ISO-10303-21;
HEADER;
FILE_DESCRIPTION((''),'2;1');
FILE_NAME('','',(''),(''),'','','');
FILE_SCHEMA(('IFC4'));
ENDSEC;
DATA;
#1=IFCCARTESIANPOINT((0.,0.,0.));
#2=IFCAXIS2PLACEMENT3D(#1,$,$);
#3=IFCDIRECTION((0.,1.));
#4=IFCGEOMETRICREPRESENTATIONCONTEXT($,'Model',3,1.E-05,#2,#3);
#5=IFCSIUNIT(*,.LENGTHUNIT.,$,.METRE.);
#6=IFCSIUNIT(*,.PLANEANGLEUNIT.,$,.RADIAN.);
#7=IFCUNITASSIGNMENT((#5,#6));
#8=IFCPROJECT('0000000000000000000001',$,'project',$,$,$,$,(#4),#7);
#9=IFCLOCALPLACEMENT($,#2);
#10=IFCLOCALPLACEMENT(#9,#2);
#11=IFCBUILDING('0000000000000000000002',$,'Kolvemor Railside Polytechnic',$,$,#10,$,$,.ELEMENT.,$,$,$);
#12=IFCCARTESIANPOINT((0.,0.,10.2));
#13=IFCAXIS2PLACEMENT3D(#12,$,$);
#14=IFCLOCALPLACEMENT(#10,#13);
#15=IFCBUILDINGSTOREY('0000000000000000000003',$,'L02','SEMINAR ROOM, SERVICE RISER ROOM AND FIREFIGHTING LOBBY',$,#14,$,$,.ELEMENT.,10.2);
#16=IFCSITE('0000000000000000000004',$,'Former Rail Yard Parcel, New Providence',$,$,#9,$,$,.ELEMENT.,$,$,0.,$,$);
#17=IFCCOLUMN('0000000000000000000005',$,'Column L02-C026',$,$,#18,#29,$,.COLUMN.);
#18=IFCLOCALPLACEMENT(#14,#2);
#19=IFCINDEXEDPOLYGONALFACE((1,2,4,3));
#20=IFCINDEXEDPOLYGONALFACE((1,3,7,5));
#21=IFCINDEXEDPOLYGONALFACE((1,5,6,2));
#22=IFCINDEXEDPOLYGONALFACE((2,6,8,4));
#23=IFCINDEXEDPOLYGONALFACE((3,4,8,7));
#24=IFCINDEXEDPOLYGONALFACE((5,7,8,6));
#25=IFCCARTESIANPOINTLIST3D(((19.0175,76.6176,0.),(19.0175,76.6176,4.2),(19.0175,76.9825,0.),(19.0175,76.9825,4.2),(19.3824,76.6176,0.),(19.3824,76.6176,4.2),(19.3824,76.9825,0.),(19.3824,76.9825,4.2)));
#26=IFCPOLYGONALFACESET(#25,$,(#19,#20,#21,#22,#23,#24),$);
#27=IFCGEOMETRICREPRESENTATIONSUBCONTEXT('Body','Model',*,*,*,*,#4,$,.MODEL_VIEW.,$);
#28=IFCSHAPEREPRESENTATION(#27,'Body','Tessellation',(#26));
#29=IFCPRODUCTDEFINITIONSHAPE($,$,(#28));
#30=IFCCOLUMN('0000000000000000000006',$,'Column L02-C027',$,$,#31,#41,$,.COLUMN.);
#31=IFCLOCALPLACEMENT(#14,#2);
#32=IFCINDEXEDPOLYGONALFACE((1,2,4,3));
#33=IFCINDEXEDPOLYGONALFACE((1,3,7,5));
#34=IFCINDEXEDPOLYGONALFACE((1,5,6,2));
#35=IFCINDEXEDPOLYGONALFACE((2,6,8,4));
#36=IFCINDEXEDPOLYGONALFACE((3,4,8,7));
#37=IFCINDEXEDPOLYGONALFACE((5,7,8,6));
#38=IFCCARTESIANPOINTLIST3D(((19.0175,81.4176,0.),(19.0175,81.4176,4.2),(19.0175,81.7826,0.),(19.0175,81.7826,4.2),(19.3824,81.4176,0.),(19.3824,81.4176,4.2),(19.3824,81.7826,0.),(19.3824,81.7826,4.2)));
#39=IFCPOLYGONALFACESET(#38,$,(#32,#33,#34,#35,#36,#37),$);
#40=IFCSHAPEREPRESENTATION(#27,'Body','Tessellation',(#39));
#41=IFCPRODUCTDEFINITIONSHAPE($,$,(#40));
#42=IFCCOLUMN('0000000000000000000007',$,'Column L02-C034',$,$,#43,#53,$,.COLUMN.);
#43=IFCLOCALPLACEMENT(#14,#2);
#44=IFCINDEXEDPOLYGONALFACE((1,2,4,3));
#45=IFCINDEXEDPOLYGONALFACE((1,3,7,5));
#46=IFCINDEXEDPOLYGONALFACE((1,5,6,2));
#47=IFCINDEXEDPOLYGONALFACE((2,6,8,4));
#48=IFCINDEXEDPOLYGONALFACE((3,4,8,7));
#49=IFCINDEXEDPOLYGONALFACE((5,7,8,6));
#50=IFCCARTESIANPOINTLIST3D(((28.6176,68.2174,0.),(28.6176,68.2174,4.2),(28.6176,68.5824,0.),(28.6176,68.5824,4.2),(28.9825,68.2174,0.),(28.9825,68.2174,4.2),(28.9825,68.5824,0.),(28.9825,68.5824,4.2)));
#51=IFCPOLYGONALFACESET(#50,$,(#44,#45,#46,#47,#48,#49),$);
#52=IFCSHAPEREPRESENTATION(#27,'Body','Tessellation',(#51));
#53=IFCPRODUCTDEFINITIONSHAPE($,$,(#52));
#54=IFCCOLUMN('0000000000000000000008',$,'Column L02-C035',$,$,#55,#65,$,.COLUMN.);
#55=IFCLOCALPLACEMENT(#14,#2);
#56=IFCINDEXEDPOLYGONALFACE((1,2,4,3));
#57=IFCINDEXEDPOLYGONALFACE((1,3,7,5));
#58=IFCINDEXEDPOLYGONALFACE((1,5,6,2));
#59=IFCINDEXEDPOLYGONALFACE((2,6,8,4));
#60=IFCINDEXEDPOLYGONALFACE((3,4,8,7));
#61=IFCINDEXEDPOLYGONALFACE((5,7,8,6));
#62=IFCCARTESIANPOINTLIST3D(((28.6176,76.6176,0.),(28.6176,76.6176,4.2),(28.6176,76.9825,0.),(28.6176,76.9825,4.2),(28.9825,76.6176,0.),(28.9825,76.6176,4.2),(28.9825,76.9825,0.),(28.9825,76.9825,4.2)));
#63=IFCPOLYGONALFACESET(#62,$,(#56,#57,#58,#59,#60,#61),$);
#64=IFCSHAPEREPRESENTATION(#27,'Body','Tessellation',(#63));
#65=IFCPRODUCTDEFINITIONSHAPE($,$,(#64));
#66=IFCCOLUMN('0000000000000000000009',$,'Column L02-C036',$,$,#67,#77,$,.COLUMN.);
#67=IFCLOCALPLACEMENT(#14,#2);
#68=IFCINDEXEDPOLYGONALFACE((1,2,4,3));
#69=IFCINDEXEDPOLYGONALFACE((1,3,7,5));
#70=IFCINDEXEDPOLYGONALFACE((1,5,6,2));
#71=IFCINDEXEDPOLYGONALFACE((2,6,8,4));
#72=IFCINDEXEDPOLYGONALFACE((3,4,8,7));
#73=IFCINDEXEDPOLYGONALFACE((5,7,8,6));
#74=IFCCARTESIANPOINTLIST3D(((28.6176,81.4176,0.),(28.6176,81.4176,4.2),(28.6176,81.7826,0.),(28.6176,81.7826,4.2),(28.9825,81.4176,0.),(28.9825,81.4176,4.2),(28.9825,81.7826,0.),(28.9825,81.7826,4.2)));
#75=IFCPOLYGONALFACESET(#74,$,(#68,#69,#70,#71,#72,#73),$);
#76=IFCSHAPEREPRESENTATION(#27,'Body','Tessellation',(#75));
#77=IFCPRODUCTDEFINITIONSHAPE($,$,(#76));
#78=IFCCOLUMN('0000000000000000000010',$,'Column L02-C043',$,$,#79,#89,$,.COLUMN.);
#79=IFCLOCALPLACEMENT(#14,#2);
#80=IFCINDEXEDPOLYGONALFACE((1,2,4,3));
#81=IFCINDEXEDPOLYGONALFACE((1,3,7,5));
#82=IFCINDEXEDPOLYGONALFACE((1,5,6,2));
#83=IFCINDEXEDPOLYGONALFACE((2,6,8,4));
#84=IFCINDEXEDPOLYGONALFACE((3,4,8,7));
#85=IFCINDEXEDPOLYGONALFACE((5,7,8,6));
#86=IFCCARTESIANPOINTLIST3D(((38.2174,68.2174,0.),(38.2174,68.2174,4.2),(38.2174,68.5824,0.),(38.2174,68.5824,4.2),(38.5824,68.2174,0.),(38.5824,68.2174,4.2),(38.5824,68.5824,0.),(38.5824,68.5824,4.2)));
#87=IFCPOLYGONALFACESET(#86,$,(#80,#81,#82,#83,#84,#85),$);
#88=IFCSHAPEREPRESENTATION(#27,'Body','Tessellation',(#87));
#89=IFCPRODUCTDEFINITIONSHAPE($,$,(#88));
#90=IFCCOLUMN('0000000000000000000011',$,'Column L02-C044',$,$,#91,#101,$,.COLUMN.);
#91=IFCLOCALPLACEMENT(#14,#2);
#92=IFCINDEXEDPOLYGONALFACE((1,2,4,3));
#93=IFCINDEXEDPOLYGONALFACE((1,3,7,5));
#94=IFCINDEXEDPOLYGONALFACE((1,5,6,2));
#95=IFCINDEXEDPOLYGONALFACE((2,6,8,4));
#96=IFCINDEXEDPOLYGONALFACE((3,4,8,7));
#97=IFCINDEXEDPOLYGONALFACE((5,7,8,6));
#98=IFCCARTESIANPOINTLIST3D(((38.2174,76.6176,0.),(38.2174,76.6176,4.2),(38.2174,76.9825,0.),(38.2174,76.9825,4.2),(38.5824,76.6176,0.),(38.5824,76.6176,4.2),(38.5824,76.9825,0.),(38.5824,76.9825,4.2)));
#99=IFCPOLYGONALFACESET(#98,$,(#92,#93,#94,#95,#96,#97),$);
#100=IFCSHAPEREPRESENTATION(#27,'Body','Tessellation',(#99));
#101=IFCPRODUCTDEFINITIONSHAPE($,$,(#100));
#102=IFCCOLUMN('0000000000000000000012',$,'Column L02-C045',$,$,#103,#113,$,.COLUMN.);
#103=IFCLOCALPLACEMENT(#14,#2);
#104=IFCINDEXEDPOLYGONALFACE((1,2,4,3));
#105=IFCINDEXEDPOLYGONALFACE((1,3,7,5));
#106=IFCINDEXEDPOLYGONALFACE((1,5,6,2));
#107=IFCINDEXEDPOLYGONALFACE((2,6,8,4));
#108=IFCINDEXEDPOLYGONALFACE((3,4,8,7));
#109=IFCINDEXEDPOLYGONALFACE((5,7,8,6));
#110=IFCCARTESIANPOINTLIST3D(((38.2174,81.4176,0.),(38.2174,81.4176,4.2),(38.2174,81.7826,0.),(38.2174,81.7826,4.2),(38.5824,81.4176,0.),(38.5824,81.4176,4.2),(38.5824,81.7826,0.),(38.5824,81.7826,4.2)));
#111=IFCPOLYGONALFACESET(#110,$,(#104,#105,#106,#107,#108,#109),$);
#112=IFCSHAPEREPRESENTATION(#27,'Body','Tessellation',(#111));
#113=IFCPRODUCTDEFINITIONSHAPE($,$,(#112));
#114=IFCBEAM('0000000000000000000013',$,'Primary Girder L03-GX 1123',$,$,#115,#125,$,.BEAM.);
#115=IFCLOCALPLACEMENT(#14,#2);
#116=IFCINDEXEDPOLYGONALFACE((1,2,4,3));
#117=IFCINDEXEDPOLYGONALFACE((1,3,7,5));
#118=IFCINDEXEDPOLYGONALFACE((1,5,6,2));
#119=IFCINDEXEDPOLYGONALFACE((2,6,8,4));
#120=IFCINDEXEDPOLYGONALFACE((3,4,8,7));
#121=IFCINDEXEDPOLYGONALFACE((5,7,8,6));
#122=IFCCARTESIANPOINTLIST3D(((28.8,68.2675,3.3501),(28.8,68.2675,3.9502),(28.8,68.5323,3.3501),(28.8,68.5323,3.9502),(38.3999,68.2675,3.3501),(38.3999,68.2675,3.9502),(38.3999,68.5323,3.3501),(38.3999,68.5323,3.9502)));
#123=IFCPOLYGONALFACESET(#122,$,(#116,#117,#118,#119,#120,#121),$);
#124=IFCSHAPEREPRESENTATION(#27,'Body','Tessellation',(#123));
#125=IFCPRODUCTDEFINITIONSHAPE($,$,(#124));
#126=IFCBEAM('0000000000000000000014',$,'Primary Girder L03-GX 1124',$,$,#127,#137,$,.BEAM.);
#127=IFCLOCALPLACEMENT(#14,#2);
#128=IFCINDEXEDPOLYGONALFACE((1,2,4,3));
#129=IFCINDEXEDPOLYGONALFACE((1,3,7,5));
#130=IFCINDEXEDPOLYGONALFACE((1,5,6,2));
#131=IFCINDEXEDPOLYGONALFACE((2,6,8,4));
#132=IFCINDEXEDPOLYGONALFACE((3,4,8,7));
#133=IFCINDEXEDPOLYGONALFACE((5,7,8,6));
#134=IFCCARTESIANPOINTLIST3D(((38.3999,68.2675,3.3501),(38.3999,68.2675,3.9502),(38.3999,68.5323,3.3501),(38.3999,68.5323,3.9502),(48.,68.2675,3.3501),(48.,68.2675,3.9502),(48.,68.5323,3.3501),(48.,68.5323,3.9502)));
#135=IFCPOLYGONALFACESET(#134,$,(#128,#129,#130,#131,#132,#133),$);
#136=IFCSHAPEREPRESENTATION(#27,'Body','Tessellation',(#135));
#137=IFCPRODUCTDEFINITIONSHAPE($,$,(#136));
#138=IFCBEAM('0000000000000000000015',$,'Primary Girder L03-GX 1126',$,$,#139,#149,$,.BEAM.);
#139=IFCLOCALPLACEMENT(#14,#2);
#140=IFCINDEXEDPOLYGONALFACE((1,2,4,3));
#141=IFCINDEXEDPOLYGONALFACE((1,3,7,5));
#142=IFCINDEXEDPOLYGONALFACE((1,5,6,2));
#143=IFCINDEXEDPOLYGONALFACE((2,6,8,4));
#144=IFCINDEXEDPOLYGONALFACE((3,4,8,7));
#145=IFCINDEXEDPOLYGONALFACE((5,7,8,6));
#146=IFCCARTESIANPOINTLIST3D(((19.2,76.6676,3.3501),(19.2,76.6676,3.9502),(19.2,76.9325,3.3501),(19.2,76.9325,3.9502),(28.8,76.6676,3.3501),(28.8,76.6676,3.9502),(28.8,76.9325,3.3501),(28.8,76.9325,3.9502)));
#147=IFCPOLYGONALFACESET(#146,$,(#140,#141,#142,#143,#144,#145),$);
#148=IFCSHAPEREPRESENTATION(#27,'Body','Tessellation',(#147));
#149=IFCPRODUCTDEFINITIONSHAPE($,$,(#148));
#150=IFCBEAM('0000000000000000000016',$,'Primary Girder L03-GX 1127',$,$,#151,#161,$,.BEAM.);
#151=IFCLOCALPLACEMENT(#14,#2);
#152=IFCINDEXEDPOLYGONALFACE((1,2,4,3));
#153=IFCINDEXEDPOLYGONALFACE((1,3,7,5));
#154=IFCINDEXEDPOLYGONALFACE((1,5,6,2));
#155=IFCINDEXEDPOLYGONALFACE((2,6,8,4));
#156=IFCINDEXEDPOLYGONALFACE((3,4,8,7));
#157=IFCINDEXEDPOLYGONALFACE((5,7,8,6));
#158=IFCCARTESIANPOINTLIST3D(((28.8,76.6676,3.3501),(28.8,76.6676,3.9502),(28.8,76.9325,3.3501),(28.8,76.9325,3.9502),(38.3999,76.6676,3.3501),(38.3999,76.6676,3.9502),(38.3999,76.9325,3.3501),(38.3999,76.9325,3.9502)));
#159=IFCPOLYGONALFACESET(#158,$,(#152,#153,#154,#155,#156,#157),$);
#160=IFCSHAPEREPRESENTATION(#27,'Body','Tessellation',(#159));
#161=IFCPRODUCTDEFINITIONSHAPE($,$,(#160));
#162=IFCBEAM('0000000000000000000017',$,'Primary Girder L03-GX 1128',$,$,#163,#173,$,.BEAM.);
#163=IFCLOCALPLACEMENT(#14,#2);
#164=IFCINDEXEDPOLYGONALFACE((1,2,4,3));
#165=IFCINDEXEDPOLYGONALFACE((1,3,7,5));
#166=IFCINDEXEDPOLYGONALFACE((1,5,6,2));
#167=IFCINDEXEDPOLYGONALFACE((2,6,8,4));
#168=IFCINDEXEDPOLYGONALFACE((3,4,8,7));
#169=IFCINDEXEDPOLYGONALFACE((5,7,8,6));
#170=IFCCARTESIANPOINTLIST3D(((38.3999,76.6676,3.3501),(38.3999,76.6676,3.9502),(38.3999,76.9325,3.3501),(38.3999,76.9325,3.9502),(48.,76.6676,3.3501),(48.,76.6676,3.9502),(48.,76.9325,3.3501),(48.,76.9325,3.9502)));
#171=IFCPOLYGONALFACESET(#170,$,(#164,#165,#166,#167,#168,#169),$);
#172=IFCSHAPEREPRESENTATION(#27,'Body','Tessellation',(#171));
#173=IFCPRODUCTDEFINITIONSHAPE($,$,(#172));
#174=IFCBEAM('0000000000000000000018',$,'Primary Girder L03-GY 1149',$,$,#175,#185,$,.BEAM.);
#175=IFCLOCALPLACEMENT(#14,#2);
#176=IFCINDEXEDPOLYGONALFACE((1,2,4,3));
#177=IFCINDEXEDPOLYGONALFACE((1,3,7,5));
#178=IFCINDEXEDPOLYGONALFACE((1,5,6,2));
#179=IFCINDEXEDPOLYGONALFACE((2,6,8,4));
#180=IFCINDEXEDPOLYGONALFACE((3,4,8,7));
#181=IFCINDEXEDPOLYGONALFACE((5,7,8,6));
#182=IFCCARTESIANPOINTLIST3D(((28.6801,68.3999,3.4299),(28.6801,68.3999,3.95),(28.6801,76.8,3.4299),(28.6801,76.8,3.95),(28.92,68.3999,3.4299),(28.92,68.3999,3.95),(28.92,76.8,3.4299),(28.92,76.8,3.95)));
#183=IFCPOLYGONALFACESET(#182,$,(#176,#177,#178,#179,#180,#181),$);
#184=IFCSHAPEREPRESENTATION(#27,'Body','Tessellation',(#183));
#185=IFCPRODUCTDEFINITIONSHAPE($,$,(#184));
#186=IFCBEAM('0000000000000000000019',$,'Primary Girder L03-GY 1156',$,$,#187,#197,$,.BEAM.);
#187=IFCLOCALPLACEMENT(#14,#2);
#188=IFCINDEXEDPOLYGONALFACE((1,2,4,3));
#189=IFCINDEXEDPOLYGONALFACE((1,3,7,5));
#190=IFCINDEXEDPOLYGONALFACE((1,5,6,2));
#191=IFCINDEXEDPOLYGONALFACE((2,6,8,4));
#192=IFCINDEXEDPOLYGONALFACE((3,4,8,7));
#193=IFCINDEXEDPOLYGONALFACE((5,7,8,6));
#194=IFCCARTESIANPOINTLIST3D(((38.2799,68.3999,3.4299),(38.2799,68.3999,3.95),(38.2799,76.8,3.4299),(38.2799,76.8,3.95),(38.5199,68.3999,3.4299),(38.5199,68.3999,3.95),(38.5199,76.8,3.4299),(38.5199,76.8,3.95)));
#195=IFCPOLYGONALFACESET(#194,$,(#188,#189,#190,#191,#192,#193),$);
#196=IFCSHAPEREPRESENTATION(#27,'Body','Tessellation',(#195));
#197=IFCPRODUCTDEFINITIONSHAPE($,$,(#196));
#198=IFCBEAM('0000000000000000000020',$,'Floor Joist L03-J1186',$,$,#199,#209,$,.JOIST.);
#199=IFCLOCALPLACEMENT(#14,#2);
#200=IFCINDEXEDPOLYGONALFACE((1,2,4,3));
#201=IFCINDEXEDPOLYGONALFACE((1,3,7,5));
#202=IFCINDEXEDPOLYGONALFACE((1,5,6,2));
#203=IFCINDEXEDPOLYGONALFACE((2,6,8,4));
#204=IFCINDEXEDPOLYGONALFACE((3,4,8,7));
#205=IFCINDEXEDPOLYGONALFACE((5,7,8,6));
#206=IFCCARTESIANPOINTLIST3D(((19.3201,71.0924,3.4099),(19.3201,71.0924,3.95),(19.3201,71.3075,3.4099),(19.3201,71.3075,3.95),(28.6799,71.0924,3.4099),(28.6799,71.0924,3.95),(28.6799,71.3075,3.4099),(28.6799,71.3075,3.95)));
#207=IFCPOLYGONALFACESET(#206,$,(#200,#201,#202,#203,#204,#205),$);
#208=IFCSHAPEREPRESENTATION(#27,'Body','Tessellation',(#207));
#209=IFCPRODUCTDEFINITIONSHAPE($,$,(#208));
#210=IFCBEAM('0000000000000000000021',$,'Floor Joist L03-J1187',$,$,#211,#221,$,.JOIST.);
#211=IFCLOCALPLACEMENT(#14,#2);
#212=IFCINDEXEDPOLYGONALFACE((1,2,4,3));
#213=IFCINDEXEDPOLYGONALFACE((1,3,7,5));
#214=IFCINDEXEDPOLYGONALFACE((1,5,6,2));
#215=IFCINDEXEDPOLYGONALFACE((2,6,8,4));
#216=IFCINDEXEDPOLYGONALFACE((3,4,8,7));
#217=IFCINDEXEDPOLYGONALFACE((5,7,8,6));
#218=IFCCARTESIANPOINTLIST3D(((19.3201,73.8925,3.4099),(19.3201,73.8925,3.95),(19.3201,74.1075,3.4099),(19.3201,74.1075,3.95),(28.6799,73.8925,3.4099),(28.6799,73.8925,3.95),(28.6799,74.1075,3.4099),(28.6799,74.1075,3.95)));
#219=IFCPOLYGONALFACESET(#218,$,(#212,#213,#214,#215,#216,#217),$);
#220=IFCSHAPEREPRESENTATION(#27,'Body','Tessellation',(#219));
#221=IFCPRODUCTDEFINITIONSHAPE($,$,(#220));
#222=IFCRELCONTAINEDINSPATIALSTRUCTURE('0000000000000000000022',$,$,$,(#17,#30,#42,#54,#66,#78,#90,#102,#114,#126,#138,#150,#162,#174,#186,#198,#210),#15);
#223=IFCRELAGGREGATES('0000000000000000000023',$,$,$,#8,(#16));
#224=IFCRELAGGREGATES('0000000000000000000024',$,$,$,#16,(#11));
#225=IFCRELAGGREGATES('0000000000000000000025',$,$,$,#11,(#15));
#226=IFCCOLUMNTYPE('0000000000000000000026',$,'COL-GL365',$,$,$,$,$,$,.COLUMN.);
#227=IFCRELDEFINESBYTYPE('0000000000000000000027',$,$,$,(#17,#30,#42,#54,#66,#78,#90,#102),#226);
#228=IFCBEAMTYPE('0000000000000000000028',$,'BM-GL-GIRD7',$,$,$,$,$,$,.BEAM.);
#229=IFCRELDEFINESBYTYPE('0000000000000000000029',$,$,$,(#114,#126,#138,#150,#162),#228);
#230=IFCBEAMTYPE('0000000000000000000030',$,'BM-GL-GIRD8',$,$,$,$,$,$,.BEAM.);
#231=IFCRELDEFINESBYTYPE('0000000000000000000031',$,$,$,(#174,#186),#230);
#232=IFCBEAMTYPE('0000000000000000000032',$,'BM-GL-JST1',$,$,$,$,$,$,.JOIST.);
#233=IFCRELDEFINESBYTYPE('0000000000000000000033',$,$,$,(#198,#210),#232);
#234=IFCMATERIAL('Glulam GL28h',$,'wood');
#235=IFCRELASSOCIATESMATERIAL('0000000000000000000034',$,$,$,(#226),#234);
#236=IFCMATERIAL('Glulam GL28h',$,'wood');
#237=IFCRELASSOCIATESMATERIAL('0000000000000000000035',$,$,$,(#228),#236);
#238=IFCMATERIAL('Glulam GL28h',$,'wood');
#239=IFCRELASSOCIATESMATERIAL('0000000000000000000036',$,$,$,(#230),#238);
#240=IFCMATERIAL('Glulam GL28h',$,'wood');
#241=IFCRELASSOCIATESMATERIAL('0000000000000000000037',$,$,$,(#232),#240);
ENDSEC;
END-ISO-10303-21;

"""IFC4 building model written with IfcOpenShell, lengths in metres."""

from ifc_helpers import new_model, si_unit, direction, frame, origin, origin_2d, place, context, subcontext, project, spatial, rectangle, extrude, material, material_profile, profile_set, type_object, element, save


model = new_model("IFC4")

# Units and contexts
model_context = context("Model", 3, precision=1e-05, world=origin(), true_north=direction((0.0, 1.0)))
body_context = subcontext(model_context, "Body", "Model", "MODEL_VIEW")
ifc_project = project(units=[si_unit("LENGTHUNIT", "METRE"), si_unit("PLANEANGLEUNIT", "RADIAN")], contexts=[model_context])

# Site, building, storey
site_placement = place(None, origin())
site = spatial("IfcSite", under=ifc_project, at=site_placement, Name="Former Rail Yard Parcel, New Providence", CompositionType="ELEMENT", RefElevation=0.0)
building_placement = place(site_placement, origin())
building = spatial("IfcBuilding", under=site, at=building_placement, Name="Kolvemor Railside Polytechnic", CompositionType="ELEMENT")
storey_placement = place(building_placement, frame((0.0, 0.0, 10.2)))
storey = spatial("IfcBuildingStorey", under=building, at=storey_placement, Name="L02", Description="SEMINAR ROOM, SERVICE RISER ROOM AND FIREFIGHTING LOBBY", CompositionType="ELEMENT", Elevation=10.2)

# Columns
ifc_material_1 = material(Name="Glulam GL28h", Category="wood")
ifc_material_profile_1 = material_profile(ifc_material_1, rectangle(XDim=0.365, YDim=0.365, at=origin_2d()), Name="GL365x365")
ifc_profile_set_1 = profile_set([ifc_material_profile_1], Name="Glulam GL28h")
column_type = type_object("IfcColumnType", Name="COL-GL365", PredefinedType="COLUMN", material=ifc_profile_set_1)
for number, where, z_axis, x_axis, name in (
    (1, (19.2, 76.8, 0.0), (0.0, 0.0, 1.0), (1.0, 0.0, 0.0), "Column L02-C026"),
    (2, (19.2, 81.6001, 0.0), (0.0, 0.0, 1.0), (1.0, 0.0, 0.0), "Column L02-C027"),
    (3, (28.8, 68.3999, 0.0), (0.0, 0.0, 1.0), (1.0, 0.0, 0.0), "Column L02-C034"),
    (4, (28.8, 76.8, 0.0), (0.0, 0.0, 1.0), (1.0, 0.0, 0.0), "Column L02-C035"),
    (5, (28.8, 81.6001, 0.0), (0.0, 0.0, 1.0), (1.0, 0.0, 0.0), "Column L02-C036"),
    (6, (38.3999, 68.3999, 0.0), (0.0, 0.0, 1.0), (1.0, 0.0, 0.0), "Column L02-C043"),
    (7, (38.3999, 76.8, 0.0), (0.0, 0.0, 1.0), (1.0, 0.0, 0.0), "Column L02-C044"),
    (8, (38.3999, 81.6001, 0.0), (0.0, 0.0, 1.0), (1.0, 0.0, 0.0), "Column L02-C045"),
):
    element("IfcColumn", number, at=place(storey_placement, frame(where, z_axis=z_axis, x_axis=x_axis)), inside=storey, type_object=column_type, Name=name, PredefinedType="COLUMN", context=body_context, shape_type="SweptSolid", body=[
        extrude(rectangle(XDim=0.365, YDim=0.365, at=origin_2d()), origin(), (0.0, 0.0, 1.0), 4.2),
    ])

# Beams
ifc_material_2 = material(Name="Glulam GL28h", Category="wood")
ifc_material_profile_2 = material_profile(ifc_material_2, rectangle(XDim=0.2649, YDim=0.6001, at=origin_2d()), Name="GL265x600")
ifc_profile_set_2 = profile_set([ifc_material_profile_2], Name="Glulam GL28h")
beam_type_1 = type_object("IfcBeamType", Name="BM-GL-GIRD7", PredefinedType="BEAM", material=ifc_profile_set_2)
beam_1_placement = place(storey_placement, frame((28.8, 68.3999, 3.6501), z_axis=(1.0, 0.0, 0.0), x_axis=(0.0, 1.0, 0.0)))
element("IfcBeam", 9, at=beam_1_placement, inside=storey, type_object=beam_type_1, Name="Primary Girder L03-GX 1123", PredefinedType="BEAM", context=body_context, shape_type="SweptSolid", body=[
    extrude(rectangle(XDim=0.2649, YDim=0.6001, at=origin_2d()), origin(), (0.0, 0.0, 1.0), 9.5999),
])
for number, where, z_axis, x_axis, name in (
    (10, (38.3999, 68.3999, 3.6501), (1.0, 0.0, 0.0), (0.0, 1.0, 0.0), "Primary Girder L03-GX 1124"),
    (11, (19.2, 76.8, 3.6501), (1.0, 0.0, 0.0), (0.0, 1.0, 0.0), "Primary Girder L03-GX 1126"),
):
    element("IfcBeam", number, at=place(storey_placement, frame(where, z_axis=z_axis, x_axis=x_axis)), inside=storey, type_object=beam_type_1, Name=name, PredefinedType="BEAM", context=body_context, shape_type="SweptSolid", body=[
        extrude(rectangle(XDim=0.2649, YDim=0.6001, at=origin_2d()), origin(), (0.0, 0.0, 1.0), 9.6001),
    ])
beam_2_placement = place(storey_placement, frame((28.8, 76.8, 3.6501), z_axis=(1.0, 0.0, 0.0), x_axis=(0.0, 1.0, 0.0)))
element("IfcBeam", 12, at=beam_2_placement, inside=storey, type_object=beam_type_1, Name="Primary Girder L03-GX 1127", PredefinedType="BEAM", context=body_context, shape_type="SweptSolid", body=[
    extrude(rectangle(XDim=0.2649, YDim=0.6001, at=origin_2d()), origin(), (0.0, 0.0, 1.0), 9.5999),
])
beam_3_placement = place(storey_placement, frame((38.3999, 76.8, 3.6501), z_axis=(1.0, 0.0, 0.0), x_axis=(0.0, 1.0, 0.0)))
element("IfcBeam", 13, at=beam_3_placement, inside=storey, type_object=beam_type_1, Name="Primary Girder L03-GX 1128", PredefinedType="BEAM", context=body_context, shape_type="SweptSolid", body=[
    extrude(rectangle(XDim=0.2649, YDim=0.6001, at=origin_2d()), origin(), (0.0, 0.0, 1.0), 9.6001),
])
ifc_material_3 = material(Name="Glulam GL28h", Category="wood")
ifc_material_profile_3 = material_profile(ifc_material_3, rectangle(XDim=0.24, YDim=0.52, at=origin_2d()), Name="GL240x520")
ifc_profile_set_3 = profile_set([ifc_material_profile_3], Name="Glulam GL28h")
beam_type_2 = type_object("IfcBeamType", Name="BM-GL-GIRD8", PredefinedType="BEAM", material=ifc_profile_set_3)
for number, where, z_axis, x_axis, name in (
    (14, (28.8, 68.3999, 3.6899), (0.0, 1.0, 0.0), (-1.0, 0.0, 0.0), "Primary Girder L03-GY 1149"),
    (15, (38.3999, 68.3999, 3.6899), (0.0, 1.0, 0.0), (-1.0, 0.0, 0.0), "Primary Girder L03-GY 1156"),
):
    element("IfcBeam", number, at=place(storey_placement, frame(where, z_axis=z_axis, x_axis=x_axis)), inside=storey, type_object=beam_type_2, Name=name, PredefinedType="BEAM", context=body_context, shape_type="SweptSolid", body=[
        extrude(rectangle(XDim=0.24, YDim=0.52, at=origin_2d()), origin(), (0.0, 0.0, 1.0), 8.4001),
    ])
ifc_material_4 = material(Name="Glulam GL28h", Category="wood")
ifc_material_profile_4 = material_profile(ifc_material_4, rectangle(XDim=0.2151, YDim=0.54, at=origin_2d()), Name="GL215x540")
ifc_profile_set_4 = profile_set([ifc_material_profile_4], Name="Glulam GL28h")
beam_type_3 = type_object("IfcBeamType", Name="BM-GL-JST1", PredefinedType="JOIST", material=ifc_profile_set_4)
for number, where, z_axis, x_axis, name in (
    (16, (19.3201, 71.2, 3.6799), (1.0, 0.0, 0.0), (0.0, 1.0, 0.0), "Floor Joist L03-J1186"),
    (17, (19.3201, 74.0, 3.6799), (1.0, 0.0, 0.0), (0.0, 1.0, 0.0), "Floor Joist L03-J1187"),
):
    element("IfcBeam", number, at=place(storey_placement, frame(where, z_axis=z_axis, x_axis=x_axis)), inside=storey, type_object=beam_type_3, Name=name, PredefinedType="JOIST", context=body_context, shape_type="SweptSolid", body=[
        extrude(rectangle(XDim=0.2151, YDim=0.54, at=origin_2d()), origin(), (0.0, 0.0, 1.0), 9.3599),
    ])

save(model, "model.ifc")
